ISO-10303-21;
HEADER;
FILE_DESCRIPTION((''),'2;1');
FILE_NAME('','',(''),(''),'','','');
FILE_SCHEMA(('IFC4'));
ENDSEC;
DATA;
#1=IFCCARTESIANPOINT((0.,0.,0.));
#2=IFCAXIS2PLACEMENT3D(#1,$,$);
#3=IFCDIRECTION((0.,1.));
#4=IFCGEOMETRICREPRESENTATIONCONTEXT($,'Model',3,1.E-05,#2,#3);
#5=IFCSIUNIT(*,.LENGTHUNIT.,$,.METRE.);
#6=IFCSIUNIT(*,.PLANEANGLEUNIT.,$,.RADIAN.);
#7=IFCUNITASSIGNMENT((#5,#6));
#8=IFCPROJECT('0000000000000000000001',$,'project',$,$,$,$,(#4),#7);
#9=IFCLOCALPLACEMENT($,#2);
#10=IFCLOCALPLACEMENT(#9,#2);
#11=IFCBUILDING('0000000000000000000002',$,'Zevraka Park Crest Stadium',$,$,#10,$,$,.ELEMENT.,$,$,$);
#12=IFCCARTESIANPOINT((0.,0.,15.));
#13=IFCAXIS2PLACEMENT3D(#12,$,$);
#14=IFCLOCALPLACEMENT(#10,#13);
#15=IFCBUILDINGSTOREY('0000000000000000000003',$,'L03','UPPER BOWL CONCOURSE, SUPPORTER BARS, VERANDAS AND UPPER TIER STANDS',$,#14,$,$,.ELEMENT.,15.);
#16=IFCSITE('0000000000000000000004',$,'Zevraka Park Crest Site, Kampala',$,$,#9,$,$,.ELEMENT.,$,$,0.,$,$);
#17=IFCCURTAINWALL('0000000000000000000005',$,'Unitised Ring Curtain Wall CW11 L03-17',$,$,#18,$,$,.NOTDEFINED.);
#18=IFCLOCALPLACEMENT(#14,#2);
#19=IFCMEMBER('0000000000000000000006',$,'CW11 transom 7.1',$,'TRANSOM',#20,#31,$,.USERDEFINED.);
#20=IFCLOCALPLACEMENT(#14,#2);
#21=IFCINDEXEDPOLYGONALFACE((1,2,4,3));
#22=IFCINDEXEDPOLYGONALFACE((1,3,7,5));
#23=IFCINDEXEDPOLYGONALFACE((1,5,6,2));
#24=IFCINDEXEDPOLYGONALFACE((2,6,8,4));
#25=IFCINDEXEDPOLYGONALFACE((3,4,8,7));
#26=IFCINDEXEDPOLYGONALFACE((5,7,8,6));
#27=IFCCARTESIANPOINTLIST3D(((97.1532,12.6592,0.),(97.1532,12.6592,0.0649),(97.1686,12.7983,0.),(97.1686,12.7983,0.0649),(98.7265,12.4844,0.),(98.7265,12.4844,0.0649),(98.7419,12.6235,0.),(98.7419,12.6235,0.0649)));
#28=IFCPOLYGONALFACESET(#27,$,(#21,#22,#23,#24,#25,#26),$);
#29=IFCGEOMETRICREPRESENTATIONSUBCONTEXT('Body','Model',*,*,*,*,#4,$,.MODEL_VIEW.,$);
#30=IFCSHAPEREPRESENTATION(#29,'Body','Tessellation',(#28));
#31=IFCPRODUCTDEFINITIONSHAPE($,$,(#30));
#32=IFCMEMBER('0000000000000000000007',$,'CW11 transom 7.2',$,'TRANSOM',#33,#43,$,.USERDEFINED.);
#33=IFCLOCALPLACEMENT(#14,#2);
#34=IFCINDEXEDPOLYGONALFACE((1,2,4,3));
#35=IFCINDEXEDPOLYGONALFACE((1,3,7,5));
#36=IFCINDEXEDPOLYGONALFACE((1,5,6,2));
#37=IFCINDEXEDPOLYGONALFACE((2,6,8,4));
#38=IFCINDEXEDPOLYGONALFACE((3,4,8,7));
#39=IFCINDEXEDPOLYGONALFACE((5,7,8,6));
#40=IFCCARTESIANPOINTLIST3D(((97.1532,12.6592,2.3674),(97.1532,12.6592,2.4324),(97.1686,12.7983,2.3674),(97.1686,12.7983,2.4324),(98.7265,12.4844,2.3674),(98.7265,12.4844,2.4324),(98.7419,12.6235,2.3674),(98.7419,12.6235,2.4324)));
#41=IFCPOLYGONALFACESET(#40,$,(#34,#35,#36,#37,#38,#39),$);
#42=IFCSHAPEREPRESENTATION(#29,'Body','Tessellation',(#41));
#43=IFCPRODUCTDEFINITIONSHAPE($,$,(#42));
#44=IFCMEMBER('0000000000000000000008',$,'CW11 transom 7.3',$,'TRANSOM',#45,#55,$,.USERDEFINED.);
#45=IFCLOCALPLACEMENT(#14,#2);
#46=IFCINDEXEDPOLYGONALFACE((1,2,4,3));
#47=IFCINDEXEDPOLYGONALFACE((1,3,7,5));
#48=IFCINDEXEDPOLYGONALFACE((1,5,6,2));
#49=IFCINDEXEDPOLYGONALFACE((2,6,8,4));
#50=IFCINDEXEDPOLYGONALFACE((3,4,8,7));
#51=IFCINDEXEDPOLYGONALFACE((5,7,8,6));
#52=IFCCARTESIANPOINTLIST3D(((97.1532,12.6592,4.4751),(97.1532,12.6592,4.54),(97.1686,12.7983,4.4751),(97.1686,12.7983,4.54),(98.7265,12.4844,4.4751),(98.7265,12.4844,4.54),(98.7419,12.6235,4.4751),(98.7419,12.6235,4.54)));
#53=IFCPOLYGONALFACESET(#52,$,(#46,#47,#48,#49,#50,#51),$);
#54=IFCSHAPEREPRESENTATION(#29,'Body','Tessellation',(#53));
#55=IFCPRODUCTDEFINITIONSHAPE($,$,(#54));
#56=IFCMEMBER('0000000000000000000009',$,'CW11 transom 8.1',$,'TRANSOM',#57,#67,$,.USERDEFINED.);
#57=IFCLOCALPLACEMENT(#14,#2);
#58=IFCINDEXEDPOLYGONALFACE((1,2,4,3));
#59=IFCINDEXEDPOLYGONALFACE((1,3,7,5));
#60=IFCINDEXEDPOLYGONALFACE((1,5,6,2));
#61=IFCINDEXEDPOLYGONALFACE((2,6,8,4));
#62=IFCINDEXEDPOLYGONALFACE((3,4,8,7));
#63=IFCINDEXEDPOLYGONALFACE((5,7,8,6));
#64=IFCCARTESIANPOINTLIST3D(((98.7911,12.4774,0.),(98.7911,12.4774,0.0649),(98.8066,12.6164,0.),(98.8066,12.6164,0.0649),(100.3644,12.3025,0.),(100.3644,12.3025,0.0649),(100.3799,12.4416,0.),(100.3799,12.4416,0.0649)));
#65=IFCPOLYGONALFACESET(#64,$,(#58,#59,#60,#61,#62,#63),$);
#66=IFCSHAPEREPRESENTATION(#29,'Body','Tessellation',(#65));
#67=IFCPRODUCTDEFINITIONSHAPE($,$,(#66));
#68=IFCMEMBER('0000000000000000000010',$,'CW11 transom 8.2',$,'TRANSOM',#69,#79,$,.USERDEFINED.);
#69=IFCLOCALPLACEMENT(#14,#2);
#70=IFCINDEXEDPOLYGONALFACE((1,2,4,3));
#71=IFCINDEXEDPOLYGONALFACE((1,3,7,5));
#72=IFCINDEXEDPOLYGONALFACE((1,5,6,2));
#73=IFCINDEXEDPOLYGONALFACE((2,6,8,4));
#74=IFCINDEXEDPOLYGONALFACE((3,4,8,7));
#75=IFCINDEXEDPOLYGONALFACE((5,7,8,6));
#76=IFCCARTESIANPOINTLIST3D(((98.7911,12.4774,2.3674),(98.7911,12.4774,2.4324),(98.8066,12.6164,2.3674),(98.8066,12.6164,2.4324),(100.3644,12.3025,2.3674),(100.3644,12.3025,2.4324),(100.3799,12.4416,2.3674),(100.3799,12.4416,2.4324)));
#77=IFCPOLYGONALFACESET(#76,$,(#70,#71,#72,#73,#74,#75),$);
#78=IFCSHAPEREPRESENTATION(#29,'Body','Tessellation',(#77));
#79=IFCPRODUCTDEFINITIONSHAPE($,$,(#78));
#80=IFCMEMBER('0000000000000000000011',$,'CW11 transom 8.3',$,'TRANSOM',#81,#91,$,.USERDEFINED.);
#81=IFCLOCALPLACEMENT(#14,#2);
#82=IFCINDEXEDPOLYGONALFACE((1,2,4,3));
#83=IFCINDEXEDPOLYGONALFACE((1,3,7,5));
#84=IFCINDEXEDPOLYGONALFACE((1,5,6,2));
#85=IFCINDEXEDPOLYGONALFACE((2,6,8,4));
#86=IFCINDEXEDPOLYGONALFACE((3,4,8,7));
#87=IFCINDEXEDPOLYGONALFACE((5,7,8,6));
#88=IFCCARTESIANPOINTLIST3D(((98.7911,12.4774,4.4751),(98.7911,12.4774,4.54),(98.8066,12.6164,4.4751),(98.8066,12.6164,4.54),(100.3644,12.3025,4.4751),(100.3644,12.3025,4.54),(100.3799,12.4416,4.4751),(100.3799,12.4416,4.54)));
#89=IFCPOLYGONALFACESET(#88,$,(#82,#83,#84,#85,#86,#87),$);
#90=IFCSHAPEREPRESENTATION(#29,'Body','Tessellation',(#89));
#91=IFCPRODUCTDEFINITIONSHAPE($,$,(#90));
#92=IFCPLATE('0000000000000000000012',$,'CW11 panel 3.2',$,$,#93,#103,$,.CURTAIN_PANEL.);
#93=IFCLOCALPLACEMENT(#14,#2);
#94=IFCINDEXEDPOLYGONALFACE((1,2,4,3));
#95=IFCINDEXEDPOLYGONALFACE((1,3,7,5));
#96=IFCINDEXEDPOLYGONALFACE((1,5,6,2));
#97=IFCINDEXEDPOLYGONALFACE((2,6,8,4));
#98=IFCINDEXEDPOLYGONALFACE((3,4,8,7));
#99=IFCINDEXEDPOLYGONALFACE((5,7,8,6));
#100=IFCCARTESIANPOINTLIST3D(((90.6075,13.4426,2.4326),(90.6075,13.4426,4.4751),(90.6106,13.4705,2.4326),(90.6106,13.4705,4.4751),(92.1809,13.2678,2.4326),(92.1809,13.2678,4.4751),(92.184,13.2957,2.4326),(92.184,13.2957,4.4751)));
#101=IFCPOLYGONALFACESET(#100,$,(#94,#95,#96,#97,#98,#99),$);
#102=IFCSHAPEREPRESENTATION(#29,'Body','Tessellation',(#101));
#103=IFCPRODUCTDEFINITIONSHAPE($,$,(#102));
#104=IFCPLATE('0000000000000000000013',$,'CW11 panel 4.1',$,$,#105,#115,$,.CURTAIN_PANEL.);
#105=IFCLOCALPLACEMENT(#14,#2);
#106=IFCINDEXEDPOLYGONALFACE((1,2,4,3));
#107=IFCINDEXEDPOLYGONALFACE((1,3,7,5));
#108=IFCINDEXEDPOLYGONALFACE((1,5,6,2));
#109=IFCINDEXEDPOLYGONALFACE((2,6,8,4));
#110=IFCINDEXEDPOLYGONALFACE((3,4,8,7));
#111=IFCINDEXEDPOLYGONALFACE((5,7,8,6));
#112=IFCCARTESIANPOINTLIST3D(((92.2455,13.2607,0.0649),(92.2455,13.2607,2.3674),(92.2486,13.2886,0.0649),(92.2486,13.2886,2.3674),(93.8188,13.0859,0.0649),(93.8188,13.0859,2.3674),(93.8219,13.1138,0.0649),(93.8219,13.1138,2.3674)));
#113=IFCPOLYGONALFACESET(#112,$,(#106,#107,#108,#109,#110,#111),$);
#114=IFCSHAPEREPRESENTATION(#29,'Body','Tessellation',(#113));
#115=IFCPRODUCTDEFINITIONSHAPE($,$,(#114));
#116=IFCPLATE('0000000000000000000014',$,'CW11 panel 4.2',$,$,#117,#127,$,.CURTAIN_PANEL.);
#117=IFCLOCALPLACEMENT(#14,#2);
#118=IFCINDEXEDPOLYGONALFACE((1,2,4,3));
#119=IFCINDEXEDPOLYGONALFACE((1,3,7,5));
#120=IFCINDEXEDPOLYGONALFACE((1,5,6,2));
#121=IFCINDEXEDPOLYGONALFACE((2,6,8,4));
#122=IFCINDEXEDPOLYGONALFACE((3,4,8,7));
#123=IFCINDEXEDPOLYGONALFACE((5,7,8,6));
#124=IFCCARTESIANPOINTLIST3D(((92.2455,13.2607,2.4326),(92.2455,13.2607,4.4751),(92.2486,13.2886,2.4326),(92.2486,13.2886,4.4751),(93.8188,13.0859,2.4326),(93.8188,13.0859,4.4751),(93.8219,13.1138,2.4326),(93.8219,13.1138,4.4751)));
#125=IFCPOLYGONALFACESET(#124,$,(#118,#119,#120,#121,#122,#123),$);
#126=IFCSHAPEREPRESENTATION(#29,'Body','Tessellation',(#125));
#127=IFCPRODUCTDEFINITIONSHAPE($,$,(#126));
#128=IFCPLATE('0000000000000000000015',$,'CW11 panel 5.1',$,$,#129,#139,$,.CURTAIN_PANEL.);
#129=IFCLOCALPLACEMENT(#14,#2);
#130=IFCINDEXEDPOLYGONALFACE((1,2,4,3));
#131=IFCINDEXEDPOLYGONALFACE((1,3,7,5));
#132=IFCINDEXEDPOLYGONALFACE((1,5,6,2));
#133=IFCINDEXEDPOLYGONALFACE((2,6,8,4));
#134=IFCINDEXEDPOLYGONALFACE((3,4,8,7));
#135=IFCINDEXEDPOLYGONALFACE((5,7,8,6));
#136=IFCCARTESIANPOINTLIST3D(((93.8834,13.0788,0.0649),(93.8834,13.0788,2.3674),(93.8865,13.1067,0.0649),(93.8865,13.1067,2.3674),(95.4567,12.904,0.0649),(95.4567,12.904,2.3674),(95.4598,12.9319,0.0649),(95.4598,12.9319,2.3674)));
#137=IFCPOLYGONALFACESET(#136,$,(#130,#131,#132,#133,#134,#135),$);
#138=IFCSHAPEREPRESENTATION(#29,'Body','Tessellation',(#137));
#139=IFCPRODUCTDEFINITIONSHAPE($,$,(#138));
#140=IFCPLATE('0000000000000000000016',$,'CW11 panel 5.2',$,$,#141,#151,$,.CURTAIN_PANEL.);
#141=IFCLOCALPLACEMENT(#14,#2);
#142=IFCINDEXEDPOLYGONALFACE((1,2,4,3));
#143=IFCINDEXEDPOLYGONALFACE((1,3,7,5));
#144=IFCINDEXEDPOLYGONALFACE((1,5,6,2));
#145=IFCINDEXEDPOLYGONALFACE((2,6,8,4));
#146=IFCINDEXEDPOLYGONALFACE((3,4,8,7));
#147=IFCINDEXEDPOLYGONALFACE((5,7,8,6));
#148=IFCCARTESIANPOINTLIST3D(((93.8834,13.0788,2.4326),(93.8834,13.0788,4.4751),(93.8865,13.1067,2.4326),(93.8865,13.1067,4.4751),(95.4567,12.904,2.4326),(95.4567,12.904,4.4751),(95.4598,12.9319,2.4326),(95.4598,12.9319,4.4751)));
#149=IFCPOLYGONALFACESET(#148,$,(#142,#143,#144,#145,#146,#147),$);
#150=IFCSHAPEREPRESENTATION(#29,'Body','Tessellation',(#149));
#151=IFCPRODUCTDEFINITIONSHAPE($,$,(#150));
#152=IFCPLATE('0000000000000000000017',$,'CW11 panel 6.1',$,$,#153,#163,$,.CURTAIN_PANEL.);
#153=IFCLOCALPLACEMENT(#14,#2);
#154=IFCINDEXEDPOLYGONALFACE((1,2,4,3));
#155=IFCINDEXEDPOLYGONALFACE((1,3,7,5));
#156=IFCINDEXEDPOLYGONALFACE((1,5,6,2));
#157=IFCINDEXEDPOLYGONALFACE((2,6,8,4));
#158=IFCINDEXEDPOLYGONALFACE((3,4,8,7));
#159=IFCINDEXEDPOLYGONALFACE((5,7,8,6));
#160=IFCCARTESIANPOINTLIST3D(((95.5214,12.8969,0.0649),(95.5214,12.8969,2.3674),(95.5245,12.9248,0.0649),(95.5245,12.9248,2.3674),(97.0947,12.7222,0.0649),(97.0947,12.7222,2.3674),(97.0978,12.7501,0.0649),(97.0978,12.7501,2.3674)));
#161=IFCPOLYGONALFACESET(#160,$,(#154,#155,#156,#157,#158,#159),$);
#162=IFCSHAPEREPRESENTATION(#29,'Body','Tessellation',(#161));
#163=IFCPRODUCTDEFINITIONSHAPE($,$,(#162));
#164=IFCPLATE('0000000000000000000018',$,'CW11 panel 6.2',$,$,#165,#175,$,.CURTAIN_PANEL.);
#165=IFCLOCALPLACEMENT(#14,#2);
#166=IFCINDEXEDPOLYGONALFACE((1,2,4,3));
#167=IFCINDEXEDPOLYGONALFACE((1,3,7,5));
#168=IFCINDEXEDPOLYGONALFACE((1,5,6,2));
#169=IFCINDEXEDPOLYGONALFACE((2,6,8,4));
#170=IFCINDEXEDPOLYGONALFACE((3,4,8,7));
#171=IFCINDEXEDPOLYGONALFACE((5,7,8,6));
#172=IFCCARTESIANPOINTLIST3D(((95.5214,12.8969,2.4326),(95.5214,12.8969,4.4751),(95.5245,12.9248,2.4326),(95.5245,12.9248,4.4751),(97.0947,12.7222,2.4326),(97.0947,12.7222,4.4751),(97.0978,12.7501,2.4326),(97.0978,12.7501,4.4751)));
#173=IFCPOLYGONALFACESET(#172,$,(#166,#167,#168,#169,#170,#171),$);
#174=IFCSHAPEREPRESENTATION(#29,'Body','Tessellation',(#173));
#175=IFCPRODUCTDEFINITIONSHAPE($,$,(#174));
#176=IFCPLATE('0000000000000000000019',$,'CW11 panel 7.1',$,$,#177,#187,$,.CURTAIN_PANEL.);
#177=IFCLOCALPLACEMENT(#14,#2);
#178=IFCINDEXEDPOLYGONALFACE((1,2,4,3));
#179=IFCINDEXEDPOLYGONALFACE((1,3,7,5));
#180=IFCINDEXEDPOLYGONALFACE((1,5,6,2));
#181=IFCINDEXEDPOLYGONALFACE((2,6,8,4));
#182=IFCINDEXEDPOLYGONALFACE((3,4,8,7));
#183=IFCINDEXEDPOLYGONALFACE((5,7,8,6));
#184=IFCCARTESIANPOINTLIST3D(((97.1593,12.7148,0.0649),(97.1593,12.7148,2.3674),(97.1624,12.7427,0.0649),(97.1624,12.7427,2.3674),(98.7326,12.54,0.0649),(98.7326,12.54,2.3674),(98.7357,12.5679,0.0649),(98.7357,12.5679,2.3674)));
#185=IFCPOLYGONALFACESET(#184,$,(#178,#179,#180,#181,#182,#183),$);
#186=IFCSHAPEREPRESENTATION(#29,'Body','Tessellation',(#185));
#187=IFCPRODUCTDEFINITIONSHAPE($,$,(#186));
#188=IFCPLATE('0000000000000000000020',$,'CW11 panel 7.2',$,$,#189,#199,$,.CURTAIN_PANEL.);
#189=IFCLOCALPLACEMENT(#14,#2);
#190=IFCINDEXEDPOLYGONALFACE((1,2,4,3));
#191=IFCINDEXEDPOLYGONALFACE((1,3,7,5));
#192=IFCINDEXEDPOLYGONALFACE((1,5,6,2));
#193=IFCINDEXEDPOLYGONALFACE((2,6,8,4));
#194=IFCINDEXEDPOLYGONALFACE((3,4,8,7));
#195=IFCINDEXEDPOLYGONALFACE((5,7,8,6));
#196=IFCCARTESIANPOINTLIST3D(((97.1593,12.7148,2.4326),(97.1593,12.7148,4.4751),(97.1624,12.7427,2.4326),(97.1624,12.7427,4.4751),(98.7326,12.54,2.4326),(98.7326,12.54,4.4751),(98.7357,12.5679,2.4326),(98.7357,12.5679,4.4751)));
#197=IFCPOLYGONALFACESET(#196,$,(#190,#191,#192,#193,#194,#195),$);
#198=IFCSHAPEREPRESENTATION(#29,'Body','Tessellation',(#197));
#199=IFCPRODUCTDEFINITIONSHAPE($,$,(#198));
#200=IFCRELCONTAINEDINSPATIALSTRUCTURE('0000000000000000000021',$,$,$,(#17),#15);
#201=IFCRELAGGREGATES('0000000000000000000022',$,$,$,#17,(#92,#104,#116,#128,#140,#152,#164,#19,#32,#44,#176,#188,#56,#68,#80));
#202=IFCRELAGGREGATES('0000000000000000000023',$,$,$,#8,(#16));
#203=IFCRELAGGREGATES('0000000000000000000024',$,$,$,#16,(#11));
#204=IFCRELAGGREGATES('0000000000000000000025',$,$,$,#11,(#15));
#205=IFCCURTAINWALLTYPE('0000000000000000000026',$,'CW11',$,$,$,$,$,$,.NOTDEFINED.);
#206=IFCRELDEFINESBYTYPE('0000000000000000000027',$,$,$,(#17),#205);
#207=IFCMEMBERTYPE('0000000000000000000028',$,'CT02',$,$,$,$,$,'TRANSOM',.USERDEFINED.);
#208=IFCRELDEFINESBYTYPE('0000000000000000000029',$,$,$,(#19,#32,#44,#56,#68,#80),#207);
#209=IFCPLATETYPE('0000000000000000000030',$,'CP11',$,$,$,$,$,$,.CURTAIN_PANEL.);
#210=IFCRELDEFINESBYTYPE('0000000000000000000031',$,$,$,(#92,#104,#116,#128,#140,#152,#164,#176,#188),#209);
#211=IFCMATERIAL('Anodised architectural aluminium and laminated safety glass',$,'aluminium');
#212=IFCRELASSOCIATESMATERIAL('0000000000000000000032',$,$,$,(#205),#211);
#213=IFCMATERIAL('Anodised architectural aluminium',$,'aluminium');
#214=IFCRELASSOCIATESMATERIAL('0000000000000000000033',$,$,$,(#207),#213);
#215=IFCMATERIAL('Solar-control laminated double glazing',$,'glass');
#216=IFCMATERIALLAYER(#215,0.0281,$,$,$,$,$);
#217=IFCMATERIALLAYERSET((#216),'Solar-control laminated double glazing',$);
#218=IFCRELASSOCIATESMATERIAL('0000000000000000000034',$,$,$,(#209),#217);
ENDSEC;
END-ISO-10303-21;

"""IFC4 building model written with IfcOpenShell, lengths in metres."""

from ifc_helpers import new_model, si_unit, direction, frame, origin, origin_2d, place, context, subcontext, project, spatial, rectangle, extrude, material, layer, layer_set, material_profile, profile_set, type_object, element, aggregate, save


model = new_model("IFC4")

# Units and contexts
model_context = context("Model", 3, precision=1e-05, world=origin(), true_north=direction((0.0, 1.0)))
body_context = subcontext(model_context, "Body", "Model", "MODEL_VIEW")
ifc_project = project(units=[si_unit("LENGTHUNIT", "METRE"), si_unit("PLANEANGLEUNIT", "RADIAN")], contexts=[model_context])

# Site, building, storey
site_placement = place(None, origin())
site = spatial("IfcSite", under=ifc_project, at=site_placement, Name="Zevraka Park Crest Site, Kampala", CompositionType="ELEMENT", RefElevation=0.0)
building_placement = place(site_placement, origin())
building = spatial("IfcBuilding", under=site, at=building_placement, Name="Zevraka Park Crest Stadium", CompositionType="ELEMENT")
storey_placement = place(building_placement, frame((0.0, 0.0, 15.0)))
storey = spatial("IfcBuildingStorey", under=building, at=storey_placement, Name="L03", Description="UPPER BOWL CONCOURSE, SUPPORTER BARS, VERANDAS AND UPPER TIER STANDS", CompositionType="ELEMENT", Elevation=15.0)

# Curtain wall, members, plates
ifc_material_1 = material(Name="Anodised architectural aluminium and laminated safety glass", Category="aluminium")
curtain_wall_type = type_object("IfcCurtainWallType", Name="CW11", PredefinedType="NOTDEFINED", material=ifc_material_1)
curtain_wall_placement = place(storey_placement, origin())
curtain_wall = element("IfcCurtainWall", 1, at=curtain_wall_placement, inside=storey, type_object=curtain_wall_type, Name="Unitised Ring Curtain Wall CW11 L03-17", PredefinedType="NOTDEFINED")
ifc_material_2 = material(Name="Anodised architectural aluminium", Category="aluminium")
ifc_material_profile_1 = material_profile(ifc_material_2, rectangle(XDim=0.1399, YDim=0.0649, at=origin_2d()), Name="ALU TRANSOM 140x65")
ifc_profile_set_1 = profile_set([ifc_material_profile_1], Name="Anodised architectural aluminium")
member_type_1 = type_object("IfcMemberType", Name="CT02", ElementType="TRANSOM", PredefinedType="USERDEFINED", material=ifc_profile_set_1)
member_1_placement = place(storey_placement, frame((97.1609, 12.7288, 0.0325), z_axis=(0.993884, -0.110432, 0.0), x_axis=(0.110432, 0.993884, 0.0)))
member_1 = element("IfcMember", 2, at=member_1_placement, type_object=member_type_1, Name="CW11 transom 7.1", ObjectType="TRANSOM", PredefinedType="USERDEFINED", context=body_context, shape_type="SweptSolid", body=[
    extrude(rectangle(XDim=0.1399, YDim=0.0649, at=origin_2d()), origin(), (0.0, 0.0, 1.0), 1.583),
])
member_2_placement = place(storey_placement, frame((97.1609, 12.7288, 2.3999), z_axis=(0.993884, -0.110432, 0.0), x_axis=(0.110432, 0.993884, 0.0)))
member_2 = element("IfcMember", 3, at=member_2_placement, type_object=member_type_1, Name="CW11 transom 7.2", ObjectType="TRANSOM", PredefinedType="USERDEFINED", context=body_context, shape_type="SweptSolid", body=[
    extrude(rectangle(XDim=0.1399, YDim=0.0649, at=origin_2d()), origin(), (0.0, 0.0, 1.0), 1.583),
])
member_3_placement = place(storey_placement, frame((97.1609, 12.7288, 4.5076), z_axis=(0.993884, -0.110432, 0.0), x_axis=(0.110432, 0.993884, 0.0)))
member_3 = element("IfcMember", 4, at=member_3_placement, type_object=member_type_1, Name="CW11 transom 7.3", ObjectType="TRANSOM", PredefinedType="USERDEFINED", context=body_context, shape_type="SweptSolid", body=[
    extrude(rectangle(XDim=0.1399, YDim=0.0649, at=origin_2d()), origin(), (0.0, 0.0, 1.0), 1.583),
])
member_4_placement = place(storey_placement, frame((98.7988, 12.5469, 0.0325), z_axis=(0.993884, -0.110432, 0.0), x_axis=(0.110432, 0.993884, 0.0)))
member_4 = element("IfcMember", 5, at=member_4_placement, type_object=member_type_1, Name="CW11 transom 8.1", ObjectType="TRANSOM", PredefinedType="USERDEFINED", context=body_context, shape_type="SweptSolid", body=[
    extrude(rectangle(XDim=0.1399, YDim=0.0649, at=origin_2d()), origin(), (0.0, 0.0, 1.0), 1.583),
])
member_5_placement = place(storey_placement, frame((98.7988, 12.5469, 2.3999), z_axis=(0.993884, -0.110432, 0.0), x_axis=(0.110432, 0.993884, 0.0)))
member_5 = element("IfcMember", 6, at=member_5_placement, type_object=member_type_1, Name="CW11 transom 8.2", ObjectType="TRANSOM", PredefinedType="USERDEFINED", context=body_context, shape_type="SweptSolid", body=[
    extrude(rectangle(XDim=0.1399, YDim=0.0649, at=origin_2d()), origin(), (0.0, 0.0, 1.0), 1.583),
])
member_6_placement = place(storey_placement, frame((98.7988, 12.5469, 4.5076), z_axis=(0.993884, -0.110432, 0.0), x_axis=(0.110432, 0.993884, 0.0)))
member_6 = element("IfcMember", 7, at=member_6_placement, type_object=member_type_1, Name="CW11 transom 8.3", ObjectType="TRANSOM", PredefinedType="USERDEFINED", context=body_context, shape_type="SweptSolid", body=[
    extrude(rectangle(XDim=0.1399, YDim=0.0649, at=origin_2d()), origin(), (0.0, 0.0, 1.0), 1.583),
])
ifc_material_3 = material(Name="Solar-control laminated double glazing", Category="glass")
ifc_layer_1 = layer(ifc_material_3, 0.0281)
ifc_layer_set_1 = layer_set([ifc_layer_1], Name="Solar-control laminated double glazing")
plate_type = type_object("IfcPlateType", Name="CP11", PredefinedType="CURTAIN_PANEL", material=ifc_layer_set_1)
plate_1_placement = place(storey_placement, frame((91.3958, 13.3691, 2.4326), z_axis=(0.0, 0.0, 1.0), x_axis=(0.993888, -0.110396, 0.0)))
plate_1 = element("IfcPlate", 8, at=plate_1_placement, type_object=plate_type, Name="CW11 panel 3.2", PredefinedType="CURTAIN_PANEL", context=body_context, shape_type="SweptSolid", body=[
    extrude(rectangle(XDim=1.583, YDim=0.0281, at=origin_2d()), origin(), (0.0, 0.0, 1.0), 2.0425),
])
plate_2_placement = place(storey_placement, frame((93.0337, 13.1873, 0.0649), z_axis=(0.0, 0.0, 1.0), x_axis=(0.993888, -0.110396, 0.0)))
plate_2 = element("IfcPlate", 9, at=plate_2_placement, type_object=plate_type, Name="CW11 panel 4.1", PredefinedType="CURTAIN_PANEL", context=body_context, shape_type="SweptSolid", body=[
    extrude(rectangle(XDim=1.583, YDim=0.0281, at=origin_2d()), origin(), (0.0, 0.0, 1.0), 2.3025),
])
plate_3_placement = place(storey_placement, frame((93.0337, 13.1873, 2.4326), z_axis=(0.0, 0.0, 1.0), x_axis=(0.993888, -0.110396, 0.0)))
plate_3 = element("IfcPlate", 10, at=plate_3_placement, type_object=plate_type, Name="CW11 panel 4.2", PredefinedType="CURTAIN_PANEL", context=body_context, shape_type="SweptSolid", body=[
    extrude(rectangle(XDim=1.583, YDim=0.0281, at=origin_2d()), origin(), (0.0, 0.0, 1.0), 2.0425),
])
plate_4_placement = place(storey_placement, frame((94.6716, 13.0054, 0.0649), z_axis=(0.0, 0.0, 1.0), x_axis=(0.993888, -0.110396, 0.0)))
plate_4 = element("IfcPlate", 11, at=plate_4_placement, type_object=plate_type, Name="CW11 panel 5.1", PredefinedType="CURTAIN_PANEL", context=body_context, shape_type="SweptSolid", body=[
    extrude(rectangle(XDim=1.583, YDim=0.0281, at=origin_2d()), origin(), (0.0, 0.0, 1.0), 2.3025),
])
plate_5_placement = place(storey_placement, frame((94.6716, 13.0054, 2.4326), z_axis=(0.0, 0.0, 1.0), x_axis=(0.993888, -0.110396, 0.0)))
plate_5 = element("IfcPlate", 12, at=plate_5_placement, type_object=plate_type, Name="CW11 panel 5.2", PredefinedType="CURTAIN_PANEL", context=body_context, shape_type="SweptSolid", body=[
    extrude(rectangle(XDim=1.583, YDim=0.0281, at=origin_2d()), origin(), (0.0, 0.0, 1.0), 2.0425),
])
plate_6_placement = place(storey_placement, frame((96.3096, 12.8235, 0.0649), z_axis=(0.0, 0.0, 1.0), x_axis=(0.993888, -0.110396, 0.0)))
plate_6 = element("IfcPlate", 13, at=plate_6_placement, type_object=plate_type, Name="CW11 panel 6.1", PredefinedType="CURTAIN_PANEL", context=body_context, shape_type="SweptSolid", body=[
    extrude(rectangle(XDim=1.583, YDim=0.0281, at=origin_2d()), origin(), (0.0, 0.0, 1.0), 2.3025),
])
plate_7_placement = place(storey_placement, frame((96.3096, 12.8235, 2.4326), z_axis=(0.0, 0.0, 1.0), x_axis=(0.993888, -0.110396, 0.0)))
plate_7 = element("IfcPlate", 14, at=plate_7_placement, type_object=plate_type, Name="CW11 panel 6.2", PredefinedType="CURTAIN_PANEL", context=body_context, shape_type="SweptSolid", body=[
    extrude(rectangle(XDim=1.583, YDim=0.0281, at=origin_2d()), origin(), (0.0, 0.0, 1.0), 2.0425),
])
plate_8_placement = place(storey_placement, frame((97.9475, 12.6414, 0.0649), z_axis=(0.0, 0.0, 1.0), x_axis=(0.993888, -0.110396, 0.0)))
plate_8 = element("IfcPlate", 15, at=plate_8_placement, type_object=plate_type, Name="CW11 panel 7.1", PredefinedType="CURTAIN_PANEL", context=body_context, shape_type="SweptSolid", body=[
    extrude(rectangle(XDim=1.583, YDim=0.0281, at=origin_2d()), origin(), (0.0, 0.0, 1.0), 2.3025),
])
plate_9_placement = place(storey_placement, frame((97.9475, 12.6414, 2.4326), z_axis=(0.0, 0.0, 1.0), x_axis=(0.993888, -0.110396, 0.0)))
plate_9 = element("IfcPlate", 16, at=plate_9_placement, type_object=plate_type, Name="CW11 panel 7.2", PredefinedType="CURTAIN_PANEL", context=body_context, shape_type="SweptSolid", body=[
    extrude(rectangle(XDim=1.583, YDim=0.0281, at=origin_2d()), origin(), (0.0, 0.0, 1.0), 2.0425),
])
aggregate(curtain_wall, [plate_1, plate_2, plate_3, plate_4, plate_5, plate_6, plate_7, member_1, member_2, member_3, plate_8, plate_9, member_4, member_5, member_6])

save(model, "model.ifc")
